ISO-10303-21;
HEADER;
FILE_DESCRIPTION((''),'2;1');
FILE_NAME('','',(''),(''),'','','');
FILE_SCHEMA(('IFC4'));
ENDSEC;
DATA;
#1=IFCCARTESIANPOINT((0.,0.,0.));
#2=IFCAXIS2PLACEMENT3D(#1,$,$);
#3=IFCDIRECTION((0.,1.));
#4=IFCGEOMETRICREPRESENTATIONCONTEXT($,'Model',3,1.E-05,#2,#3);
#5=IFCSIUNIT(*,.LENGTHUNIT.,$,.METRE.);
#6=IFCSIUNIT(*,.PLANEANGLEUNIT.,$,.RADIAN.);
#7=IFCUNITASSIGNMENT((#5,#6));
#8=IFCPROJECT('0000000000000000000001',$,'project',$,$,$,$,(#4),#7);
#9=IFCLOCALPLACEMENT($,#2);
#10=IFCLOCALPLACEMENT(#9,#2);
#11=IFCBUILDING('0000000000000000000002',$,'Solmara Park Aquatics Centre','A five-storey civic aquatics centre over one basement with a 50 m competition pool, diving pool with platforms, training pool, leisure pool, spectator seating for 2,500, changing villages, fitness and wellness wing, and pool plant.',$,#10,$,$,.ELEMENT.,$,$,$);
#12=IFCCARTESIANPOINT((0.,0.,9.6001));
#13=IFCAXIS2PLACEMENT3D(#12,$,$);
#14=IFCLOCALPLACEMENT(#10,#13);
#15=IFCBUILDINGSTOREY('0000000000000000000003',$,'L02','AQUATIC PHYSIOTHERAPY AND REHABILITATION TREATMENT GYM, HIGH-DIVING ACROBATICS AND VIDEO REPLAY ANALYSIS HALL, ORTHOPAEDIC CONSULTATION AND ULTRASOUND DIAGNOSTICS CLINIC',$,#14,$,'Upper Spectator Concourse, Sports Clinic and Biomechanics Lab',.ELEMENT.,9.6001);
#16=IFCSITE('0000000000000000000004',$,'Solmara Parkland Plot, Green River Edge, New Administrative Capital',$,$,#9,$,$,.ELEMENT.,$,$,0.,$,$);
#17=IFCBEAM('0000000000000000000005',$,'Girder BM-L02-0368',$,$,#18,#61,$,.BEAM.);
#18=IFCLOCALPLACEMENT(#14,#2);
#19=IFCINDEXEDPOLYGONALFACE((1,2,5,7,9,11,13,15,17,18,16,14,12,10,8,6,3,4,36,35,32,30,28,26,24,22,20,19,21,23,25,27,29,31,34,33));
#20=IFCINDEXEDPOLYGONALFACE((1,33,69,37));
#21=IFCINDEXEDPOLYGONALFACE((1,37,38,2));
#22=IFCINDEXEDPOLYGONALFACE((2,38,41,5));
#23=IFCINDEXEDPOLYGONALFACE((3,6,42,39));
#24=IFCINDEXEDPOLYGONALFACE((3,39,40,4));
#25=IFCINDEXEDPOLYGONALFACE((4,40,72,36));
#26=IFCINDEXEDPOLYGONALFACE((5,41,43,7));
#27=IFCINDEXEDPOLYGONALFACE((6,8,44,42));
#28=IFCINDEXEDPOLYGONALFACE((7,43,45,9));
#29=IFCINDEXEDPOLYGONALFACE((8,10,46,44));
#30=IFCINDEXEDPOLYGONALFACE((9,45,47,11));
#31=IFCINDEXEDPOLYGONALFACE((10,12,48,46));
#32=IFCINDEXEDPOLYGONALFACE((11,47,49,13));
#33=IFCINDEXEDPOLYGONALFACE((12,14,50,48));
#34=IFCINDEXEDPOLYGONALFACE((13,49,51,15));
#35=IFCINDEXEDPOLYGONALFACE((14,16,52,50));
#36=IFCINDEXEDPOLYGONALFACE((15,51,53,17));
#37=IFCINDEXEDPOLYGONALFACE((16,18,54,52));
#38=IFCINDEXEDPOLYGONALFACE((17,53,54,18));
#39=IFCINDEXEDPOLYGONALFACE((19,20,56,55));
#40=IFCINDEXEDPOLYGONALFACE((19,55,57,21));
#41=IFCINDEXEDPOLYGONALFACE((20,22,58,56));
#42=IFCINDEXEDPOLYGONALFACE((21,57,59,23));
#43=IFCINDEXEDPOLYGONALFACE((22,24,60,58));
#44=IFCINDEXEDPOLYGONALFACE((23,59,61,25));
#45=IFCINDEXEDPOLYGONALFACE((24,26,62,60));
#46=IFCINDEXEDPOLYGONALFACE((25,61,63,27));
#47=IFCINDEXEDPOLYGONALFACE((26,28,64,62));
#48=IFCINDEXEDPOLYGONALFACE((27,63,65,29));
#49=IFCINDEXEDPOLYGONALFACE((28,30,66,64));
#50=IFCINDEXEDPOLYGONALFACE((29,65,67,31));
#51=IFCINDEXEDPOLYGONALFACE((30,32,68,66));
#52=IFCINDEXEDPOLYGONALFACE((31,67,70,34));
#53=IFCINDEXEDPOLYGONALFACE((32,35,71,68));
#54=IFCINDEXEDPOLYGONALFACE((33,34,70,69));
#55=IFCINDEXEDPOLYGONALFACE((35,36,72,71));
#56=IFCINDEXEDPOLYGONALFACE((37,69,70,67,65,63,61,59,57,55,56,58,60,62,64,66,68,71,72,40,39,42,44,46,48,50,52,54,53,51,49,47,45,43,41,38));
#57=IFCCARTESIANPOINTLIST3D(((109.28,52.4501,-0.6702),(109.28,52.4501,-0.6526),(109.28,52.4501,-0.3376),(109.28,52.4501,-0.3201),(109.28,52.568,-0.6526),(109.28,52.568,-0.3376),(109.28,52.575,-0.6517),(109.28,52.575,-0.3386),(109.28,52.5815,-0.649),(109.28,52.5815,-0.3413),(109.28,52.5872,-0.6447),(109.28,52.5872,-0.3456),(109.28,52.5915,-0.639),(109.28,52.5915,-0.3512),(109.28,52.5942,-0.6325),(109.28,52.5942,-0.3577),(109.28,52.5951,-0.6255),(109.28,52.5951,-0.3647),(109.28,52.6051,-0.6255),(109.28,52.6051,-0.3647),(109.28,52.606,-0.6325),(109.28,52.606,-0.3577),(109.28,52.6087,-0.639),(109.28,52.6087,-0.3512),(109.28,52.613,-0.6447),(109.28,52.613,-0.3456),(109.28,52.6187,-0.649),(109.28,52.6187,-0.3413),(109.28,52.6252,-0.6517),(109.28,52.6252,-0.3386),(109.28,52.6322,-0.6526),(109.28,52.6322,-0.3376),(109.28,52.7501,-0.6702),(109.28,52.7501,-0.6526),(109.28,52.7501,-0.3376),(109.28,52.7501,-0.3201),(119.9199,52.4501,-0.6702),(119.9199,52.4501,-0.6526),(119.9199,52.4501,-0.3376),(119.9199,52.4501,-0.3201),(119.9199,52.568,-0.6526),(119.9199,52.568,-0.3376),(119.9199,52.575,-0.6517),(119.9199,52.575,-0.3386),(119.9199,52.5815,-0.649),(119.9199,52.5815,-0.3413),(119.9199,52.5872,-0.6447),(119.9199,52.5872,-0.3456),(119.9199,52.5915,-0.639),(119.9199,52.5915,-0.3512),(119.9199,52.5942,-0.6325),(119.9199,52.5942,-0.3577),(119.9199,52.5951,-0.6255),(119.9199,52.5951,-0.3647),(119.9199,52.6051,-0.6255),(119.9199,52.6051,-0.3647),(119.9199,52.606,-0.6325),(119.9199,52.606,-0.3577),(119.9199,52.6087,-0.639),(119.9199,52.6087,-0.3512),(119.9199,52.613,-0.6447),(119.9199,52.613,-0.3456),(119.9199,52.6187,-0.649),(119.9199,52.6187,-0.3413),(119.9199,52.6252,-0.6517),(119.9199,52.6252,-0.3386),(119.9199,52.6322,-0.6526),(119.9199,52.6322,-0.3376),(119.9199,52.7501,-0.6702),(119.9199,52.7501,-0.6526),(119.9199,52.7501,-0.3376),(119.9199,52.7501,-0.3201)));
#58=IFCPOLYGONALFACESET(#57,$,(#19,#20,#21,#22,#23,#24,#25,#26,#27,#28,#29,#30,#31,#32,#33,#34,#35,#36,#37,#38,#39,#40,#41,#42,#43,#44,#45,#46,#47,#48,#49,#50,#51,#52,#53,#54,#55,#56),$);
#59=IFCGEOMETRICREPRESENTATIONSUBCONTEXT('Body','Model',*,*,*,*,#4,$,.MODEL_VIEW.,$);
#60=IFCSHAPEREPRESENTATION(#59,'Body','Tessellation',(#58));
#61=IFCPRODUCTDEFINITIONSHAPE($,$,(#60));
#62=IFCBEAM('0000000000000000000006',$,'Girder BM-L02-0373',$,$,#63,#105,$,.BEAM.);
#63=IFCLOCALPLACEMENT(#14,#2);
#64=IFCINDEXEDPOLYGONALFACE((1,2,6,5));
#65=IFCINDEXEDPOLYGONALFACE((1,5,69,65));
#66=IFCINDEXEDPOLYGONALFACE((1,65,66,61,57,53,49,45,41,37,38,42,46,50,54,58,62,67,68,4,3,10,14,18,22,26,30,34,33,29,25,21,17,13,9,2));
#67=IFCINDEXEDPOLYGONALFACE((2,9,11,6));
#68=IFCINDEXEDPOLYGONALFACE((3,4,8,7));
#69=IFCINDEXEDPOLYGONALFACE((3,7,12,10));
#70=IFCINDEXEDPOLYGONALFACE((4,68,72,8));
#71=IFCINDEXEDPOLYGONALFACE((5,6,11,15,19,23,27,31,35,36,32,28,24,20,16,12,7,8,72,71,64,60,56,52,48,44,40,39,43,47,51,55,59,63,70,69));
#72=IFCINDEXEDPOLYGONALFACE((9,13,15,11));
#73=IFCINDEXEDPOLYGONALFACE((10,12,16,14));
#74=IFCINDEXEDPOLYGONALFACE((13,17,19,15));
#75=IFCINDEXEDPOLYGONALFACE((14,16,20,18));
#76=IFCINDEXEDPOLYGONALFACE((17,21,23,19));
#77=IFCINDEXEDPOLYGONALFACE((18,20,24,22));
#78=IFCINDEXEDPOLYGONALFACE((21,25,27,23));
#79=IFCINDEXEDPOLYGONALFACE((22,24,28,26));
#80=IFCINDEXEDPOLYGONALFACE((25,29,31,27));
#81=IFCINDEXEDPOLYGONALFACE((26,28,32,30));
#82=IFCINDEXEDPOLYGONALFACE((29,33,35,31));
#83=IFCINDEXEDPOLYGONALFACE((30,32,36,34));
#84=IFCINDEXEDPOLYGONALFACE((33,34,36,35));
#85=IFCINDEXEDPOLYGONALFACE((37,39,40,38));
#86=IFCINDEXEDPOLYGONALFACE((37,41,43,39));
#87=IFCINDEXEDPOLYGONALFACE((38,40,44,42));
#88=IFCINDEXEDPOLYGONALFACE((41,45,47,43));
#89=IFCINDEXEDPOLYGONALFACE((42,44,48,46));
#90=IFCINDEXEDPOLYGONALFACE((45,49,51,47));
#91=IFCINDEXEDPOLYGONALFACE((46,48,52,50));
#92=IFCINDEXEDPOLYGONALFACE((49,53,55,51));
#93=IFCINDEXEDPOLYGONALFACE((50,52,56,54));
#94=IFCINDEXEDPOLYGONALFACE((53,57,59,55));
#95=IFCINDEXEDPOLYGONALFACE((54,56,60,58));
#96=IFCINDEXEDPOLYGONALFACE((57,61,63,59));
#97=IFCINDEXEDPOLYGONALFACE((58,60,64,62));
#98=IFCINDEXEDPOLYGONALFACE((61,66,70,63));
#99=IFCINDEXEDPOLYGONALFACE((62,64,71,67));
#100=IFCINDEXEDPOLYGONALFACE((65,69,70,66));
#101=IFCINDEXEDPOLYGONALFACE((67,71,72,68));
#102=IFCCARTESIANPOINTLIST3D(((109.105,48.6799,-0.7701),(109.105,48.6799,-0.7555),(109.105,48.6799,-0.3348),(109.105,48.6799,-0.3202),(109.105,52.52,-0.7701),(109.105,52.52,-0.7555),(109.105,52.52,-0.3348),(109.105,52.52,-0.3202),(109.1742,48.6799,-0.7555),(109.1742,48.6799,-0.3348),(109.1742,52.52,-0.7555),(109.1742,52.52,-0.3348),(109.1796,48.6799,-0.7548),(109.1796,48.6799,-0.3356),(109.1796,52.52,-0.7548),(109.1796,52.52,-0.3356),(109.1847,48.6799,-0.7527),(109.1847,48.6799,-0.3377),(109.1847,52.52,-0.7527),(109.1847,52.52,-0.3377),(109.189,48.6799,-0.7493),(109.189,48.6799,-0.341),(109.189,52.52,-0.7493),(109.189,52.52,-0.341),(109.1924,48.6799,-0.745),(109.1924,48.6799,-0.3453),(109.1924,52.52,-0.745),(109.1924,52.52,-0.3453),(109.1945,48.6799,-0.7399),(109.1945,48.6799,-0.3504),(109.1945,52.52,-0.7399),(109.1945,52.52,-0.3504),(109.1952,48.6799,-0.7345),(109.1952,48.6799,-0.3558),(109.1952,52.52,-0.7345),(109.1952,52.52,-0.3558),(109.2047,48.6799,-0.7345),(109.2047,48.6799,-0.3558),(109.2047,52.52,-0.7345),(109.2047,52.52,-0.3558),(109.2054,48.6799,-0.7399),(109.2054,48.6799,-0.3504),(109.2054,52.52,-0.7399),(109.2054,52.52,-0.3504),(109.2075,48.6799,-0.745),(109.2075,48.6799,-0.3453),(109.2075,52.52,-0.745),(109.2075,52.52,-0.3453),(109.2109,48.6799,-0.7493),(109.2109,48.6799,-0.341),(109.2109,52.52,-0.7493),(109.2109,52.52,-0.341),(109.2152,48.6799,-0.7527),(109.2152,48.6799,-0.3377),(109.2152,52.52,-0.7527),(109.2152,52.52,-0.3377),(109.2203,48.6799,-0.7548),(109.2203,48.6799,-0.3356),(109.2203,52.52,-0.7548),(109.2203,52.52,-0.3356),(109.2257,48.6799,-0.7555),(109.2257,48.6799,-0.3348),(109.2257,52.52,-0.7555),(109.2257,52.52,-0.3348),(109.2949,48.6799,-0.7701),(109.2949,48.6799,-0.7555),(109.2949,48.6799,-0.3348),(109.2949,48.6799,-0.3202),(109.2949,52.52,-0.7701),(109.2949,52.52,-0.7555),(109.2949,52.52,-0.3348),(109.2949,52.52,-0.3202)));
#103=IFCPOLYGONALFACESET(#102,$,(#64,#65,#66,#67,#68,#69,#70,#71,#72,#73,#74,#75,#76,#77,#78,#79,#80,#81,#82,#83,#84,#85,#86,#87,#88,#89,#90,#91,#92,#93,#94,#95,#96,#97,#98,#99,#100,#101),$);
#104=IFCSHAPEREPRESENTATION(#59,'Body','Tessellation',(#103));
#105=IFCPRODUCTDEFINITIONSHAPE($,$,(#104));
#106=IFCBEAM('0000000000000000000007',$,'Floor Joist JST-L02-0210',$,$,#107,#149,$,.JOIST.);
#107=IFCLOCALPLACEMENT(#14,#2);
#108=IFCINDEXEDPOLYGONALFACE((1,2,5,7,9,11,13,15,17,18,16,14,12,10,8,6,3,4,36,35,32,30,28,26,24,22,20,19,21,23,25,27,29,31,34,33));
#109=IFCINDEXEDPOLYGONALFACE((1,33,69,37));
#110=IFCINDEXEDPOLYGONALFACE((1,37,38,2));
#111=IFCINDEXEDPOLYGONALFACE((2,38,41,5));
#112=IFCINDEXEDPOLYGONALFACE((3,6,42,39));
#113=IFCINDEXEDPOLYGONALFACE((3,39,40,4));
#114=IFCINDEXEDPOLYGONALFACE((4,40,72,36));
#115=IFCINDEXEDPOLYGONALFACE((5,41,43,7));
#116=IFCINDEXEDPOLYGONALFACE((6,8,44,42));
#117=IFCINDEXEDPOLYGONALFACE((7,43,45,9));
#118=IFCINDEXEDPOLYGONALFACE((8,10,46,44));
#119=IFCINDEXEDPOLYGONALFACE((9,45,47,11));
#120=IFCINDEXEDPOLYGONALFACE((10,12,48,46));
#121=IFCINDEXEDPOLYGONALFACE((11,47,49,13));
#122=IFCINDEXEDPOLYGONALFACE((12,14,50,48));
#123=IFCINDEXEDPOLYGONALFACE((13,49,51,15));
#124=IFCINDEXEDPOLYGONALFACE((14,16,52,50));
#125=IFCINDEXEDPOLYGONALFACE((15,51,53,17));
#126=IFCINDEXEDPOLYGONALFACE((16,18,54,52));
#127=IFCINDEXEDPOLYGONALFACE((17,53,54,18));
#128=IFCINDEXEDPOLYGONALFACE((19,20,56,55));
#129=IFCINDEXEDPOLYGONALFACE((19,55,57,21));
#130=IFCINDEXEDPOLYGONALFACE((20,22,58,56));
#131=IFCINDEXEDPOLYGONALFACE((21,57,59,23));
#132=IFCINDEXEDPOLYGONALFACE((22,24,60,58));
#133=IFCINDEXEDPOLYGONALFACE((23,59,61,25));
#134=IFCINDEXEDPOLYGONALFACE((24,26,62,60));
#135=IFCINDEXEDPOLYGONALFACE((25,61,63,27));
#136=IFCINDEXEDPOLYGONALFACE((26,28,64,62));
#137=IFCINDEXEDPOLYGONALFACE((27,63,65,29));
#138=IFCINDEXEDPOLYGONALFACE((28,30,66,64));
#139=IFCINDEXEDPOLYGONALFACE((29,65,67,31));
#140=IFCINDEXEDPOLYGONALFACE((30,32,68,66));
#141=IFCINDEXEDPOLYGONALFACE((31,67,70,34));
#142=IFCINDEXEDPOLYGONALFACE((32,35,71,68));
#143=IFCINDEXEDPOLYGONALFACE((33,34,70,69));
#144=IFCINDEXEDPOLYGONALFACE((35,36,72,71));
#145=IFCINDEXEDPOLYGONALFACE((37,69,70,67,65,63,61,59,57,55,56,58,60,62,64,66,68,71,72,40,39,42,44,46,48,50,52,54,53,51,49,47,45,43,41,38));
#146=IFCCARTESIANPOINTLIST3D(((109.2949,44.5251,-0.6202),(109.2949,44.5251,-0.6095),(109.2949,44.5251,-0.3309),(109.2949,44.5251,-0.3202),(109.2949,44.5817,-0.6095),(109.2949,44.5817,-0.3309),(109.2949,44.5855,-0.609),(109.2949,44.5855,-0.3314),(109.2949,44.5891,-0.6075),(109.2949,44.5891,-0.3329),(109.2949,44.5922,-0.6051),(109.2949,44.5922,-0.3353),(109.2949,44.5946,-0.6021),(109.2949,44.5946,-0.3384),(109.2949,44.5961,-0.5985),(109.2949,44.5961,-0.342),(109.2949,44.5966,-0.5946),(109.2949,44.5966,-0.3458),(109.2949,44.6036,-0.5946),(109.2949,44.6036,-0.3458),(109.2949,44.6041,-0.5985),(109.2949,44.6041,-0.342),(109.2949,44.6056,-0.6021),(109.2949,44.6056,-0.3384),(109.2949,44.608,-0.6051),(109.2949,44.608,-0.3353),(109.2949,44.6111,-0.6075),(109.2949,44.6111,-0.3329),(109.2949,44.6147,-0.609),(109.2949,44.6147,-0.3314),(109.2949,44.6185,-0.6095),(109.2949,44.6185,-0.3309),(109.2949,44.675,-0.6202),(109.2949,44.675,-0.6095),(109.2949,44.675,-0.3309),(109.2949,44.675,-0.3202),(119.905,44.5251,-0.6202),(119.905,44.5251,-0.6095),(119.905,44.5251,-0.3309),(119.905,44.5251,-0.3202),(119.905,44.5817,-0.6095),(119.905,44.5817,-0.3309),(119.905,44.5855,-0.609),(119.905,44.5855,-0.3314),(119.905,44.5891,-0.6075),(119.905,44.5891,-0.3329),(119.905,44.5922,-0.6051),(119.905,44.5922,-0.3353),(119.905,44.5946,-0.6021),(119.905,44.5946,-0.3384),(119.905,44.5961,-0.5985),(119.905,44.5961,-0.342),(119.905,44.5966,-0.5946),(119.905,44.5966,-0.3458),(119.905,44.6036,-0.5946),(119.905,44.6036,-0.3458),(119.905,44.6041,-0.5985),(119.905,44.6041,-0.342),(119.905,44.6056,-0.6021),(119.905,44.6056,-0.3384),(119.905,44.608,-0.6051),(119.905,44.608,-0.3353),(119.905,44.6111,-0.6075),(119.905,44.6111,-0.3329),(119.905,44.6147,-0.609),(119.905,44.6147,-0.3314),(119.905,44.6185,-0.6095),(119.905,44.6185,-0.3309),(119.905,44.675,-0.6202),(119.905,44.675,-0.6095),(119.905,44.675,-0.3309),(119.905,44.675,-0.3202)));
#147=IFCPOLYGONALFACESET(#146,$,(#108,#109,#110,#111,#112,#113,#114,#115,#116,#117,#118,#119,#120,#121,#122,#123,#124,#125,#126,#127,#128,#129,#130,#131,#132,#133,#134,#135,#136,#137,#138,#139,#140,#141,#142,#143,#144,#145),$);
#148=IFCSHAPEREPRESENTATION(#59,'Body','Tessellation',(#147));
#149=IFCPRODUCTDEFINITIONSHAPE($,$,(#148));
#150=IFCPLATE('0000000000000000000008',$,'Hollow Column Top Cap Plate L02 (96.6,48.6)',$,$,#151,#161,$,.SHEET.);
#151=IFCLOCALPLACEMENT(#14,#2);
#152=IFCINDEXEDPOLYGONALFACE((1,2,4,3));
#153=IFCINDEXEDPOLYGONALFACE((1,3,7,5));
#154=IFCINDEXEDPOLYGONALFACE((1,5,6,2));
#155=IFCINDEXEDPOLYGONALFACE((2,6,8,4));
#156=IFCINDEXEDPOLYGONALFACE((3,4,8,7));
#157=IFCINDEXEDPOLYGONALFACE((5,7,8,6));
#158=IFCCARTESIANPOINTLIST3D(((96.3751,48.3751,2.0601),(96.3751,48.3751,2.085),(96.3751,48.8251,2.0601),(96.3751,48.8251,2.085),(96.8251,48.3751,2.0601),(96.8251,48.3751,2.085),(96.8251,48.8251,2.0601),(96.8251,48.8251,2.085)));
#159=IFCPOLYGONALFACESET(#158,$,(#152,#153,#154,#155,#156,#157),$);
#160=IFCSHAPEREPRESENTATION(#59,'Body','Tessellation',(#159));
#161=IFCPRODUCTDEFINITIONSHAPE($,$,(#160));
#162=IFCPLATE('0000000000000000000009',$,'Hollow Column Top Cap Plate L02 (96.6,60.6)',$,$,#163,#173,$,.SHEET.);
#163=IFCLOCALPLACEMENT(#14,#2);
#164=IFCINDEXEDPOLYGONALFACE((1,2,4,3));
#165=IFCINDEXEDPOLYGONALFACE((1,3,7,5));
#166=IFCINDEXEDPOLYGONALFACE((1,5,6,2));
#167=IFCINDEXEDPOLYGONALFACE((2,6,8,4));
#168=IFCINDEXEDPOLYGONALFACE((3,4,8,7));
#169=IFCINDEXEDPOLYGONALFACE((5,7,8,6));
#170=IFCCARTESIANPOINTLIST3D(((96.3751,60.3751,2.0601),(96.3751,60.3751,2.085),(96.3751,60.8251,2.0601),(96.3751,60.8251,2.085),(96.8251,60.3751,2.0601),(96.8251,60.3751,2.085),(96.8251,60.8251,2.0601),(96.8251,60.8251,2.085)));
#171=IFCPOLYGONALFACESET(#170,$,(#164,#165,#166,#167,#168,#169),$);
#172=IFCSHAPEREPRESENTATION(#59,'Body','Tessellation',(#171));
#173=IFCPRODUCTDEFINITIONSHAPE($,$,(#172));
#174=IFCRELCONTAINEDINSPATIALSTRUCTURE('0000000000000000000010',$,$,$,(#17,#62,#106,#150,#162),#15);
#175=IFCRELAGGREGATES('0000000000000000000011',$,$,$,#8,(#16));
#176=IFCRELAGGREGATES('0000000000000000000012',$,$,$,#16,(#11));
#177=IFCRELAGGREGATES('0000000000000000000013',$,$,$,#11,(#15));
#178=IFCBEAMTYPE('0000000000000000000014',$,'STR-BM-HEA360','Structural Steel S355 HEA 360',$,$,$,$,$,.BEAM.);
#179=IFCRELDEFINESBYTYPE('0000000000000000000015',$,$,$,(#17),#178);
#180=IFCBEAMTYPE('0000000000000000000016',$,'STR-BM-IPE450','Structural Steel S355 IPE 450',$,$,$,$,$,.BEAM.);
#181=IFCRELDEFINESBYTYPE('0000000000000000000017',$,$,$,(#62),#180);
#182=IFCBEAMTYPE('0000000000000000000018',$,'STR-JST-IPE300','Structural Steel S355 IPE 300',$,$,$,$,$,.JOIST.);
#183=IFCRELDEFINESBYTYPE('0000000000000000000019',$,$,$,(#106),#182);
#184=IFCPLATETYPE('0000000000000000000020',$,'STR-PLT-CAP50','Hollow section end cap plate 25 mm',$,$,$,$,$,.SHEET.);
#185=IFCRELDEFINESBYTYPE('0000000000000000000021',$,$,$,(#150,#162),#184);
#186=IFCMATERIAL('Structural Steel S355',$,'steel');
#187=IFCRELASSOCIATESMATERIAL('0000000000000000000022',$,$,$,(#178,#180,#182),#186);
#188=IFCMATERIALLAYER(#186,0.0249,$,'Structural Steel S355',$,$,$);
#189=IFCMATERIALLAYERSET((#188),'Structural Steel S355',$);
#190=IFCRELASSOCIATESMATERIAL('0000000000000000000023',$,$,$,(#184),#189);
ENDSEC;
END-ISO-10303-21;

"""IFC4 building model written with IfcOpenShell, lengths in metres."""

from ifc_helpers import new_model, si_unit, direction, frame, origin, origin_2d, place, context, subcontext, project, spatial, rectangle, i_section, extrude, material, layer, layer_set, material_profile, profile_set, type_object, element, save


model = new_model("IFC4")

# Units and contexts
model_context = context("Model", 3, precision=1e-05, world=origin(), true_north=direction((0.0, 1.0)))
body_context = subcontext(model_context, "Body", "Model", "MODEL_VIEW")
ifc_project = project(units=[si_unit("LENGTHUNIT", "METRE"), si_unit("PLANEANGLEUNIT", "RADIAN")], contexts=[model_context])

# Site, building, storey
site_placement = place(None, origin())
site = spatial("IfcSite", under=ifc_project, at=site_placement, Name="Solmara Parkland Plot, Green River Edge, New Administrative Capital", CompositionType="ELEMENT", RefElevation=0.0)
building_placement = place(site_placement, origin())
building = spatial("IfcBuilding", under=site, at=building_placement, Name="Solmara Park Aquatics Centre", Description="A five-storey civic aquatics centre over one basement with a 50 m competition pool, diving pool with platforms, training pool, leisure pool, spectator seating for 2,500, changing villages, fitness and wellness wing, and pool plant.", CompositionType="ELEMENT")
storey_placement = place(building_placement, frame((0.0, 0.0, 9.6001)))
storey = spatial("IfcBuildingStorey", under=building, at=storey_placement, Name="L02", Description="AQUATIC PHYSIOTHERAPY AND REHABILITATION TREATMENT GYM, HIGH-DIVING ACROBATICS AND VIDEO REPLAY ANALYSIS HALL, ORTHOPAEDIC CONSULTATION AND ULTRASOUND DIAGNOSTICS CLINIC", LongName="Upper Spectator Concourse, Sports Clinic and Biomechanics Lab", CompositionType="ELEMENT", Elevation=9.6001)

# Shared definitions
ifc_material_1 = material(Name="Structural Steel S355", Category="steel")

# Beams
ifc_material_profile_1 = material_profile(ifc_material_1, i_section(OverallWidth=0.3, OverallDepth=0.3501, WebThickness=0.01, FlangeThickness=0.0176, FilletRadius=0.0271, at=origin_2d()), Name="HEA 360")
ifc_profile_set_1 = profile_set([ifc_material_profile_1], Name="Structural Steel S355")
beam_type_1 = type_object("IfcBeamType", Name="STR-BM-HEA360", Description="Structural Steel S355 HEA 360", PredefinedType="BEAM", material=ifc_profile_set_1)
for number, where, z_axis, x_axis, name in (
    (1, (109.28, 52.6001, -0.4951), (1.0, 0.0, 0.0), (0.0, 1.0, 0.0), "Girder BM-L02-0368"),
):
    element("IfcBeam", number, at=place(storey_placement, frame(where, z_axis=z_axis, x_axis=x_axis)), inside=storey, type_object=beam_type_1, Name=name, PredefinedType="BEAM", context=body_context, shape_type="SweptSolid", body=[
        extrude(i_section(OverallWidth=0.3, OverallDepth=0.3501, WebThickness=0.01, FlangeThickness=0.0176, FilletRadius=0.0271, at=origin_2d()), origin(), (0.0, 0.0, 1.0), 10.6399),
    ])
ifc_material_profile_2 = material_profile(ifc_material_1, i_section(OverallWidth=0.1899, OverallDepth=0.45, WebThickness=0.0095, FlangeThickness=0.0146, FilletRadius=0.021, at=origin_2d()), Name="IPE 450")
ifc_profile_set_2 = profile_set([ifc_material_profile_2], Name="Structural Steel S355")
beam_type_2 = type_object("IfcBeamType", Name="STR-BM-IPE450", Description="Structural Steel S355 IPE 450", PredefinedType="BEAM", material=ifc_profile_set_2)
beam_1_placement = place(storey_placement, frame((109.2, 48.6799, -0.5452), z_axis=(0.0, 1.0, 0.0), x_axis=(-1.0, 0.0, 0.0)))
element("IfcBeam", 2, at=beam_1_placement, inside=storey, type_object=beam_type_2, Name="Girder BM-L02-0373", PredefinedType="BEAM", context=body_context, shape_type="SweptSolid", body=[
    extrude(i_section(OverallWidth=0.1899, OverallDepth=0.45, WebThickness=0.0095, FlangeThickness=0.0146, FilletRadius=0.021, at=origin_2d()), origin(), (0.0, 0.0, 1.0), 3.8401),
])
ifc_material_profile_3 = material_profile(ifc_material_1, i_section(OverallWidth=0.1499, OverallDepth=0.3, WebThickness=0.0071, FlangeThickness=0.0107, FilletRadius=0.0149, at=origin_2d()), Name="IPE 300")
ifc_profile_set_3 = profile_set([ifc_material_profile_3], Name="Structural Steel S355")
beam_type_3 = type_object("IfcBeamType", Name="STR-JST-IPE300", Description="Structural Steel S355 IPE 300", PredefinedType="JOIST", material=ifc_profile_set_3)
beam_2_placement = place(storey_placement, frame((109.2949, 44.6001, -0.4702), z_axis=(1.0, 0.0, 0.0), x_axis=(0.0, 1.0, 0.0)))
element("IfcBeam", 3, at=beam_2_placement, inside=storey, type_object=beam_type_3, Name="Floor Joist JST-L02-0210", PredefinedType="JOIST", context=body_context, shape_type="SweptSolid", body=[
    extrude(i_section(OverallWidth=0.1499, OverallDepth=0.3, WebThickness=0.0071, FlangeThickness=0.0107, FilletRadius=0.0149, at=origin_2d()), origin(), (0.0, 0.0, 1.0), 10.6101),
])

# Plates
ifc_layer_1 = layer(ifc_material_1, 0.0249, Name="Structural Steel S355")
ifc_layer_set_1 = layer_set([ifc_layer_1], Name="Structural Steel S355")
plate_type = type_object("IfcPlateType", Name="STR-PLT-CAP50", Description="Hollow section end cap plate 25 mm", PredefinedType="SHEET", material=ifc_layer_set_1)
for number, where, z_axis, x_axis, name in (
    (4, (96.6001, 48.6001, 2.0601), (0.0, 0.0, 1.0), (1.0, 0.0, 0.0), "Hollow Column Top Cap Plate L02 (96.6,48.6)"),
    (5, (96.6001, 60.6001, 2.0601), (0.0, 0.0, 1.0), (1.0, 0.0, 0.0), "Hollow Column Top Cap Plate L02 (96.6,60.6)"),
):
    element("IfcPlate", number, at=place(storey_placement, frame(where, z_axis=z_axis, x_axis=x_axis)), inside=storey, type_object=plate_type, Name=name, PredefinedType="SHEET", context=body_context, shape_type="SweptSolid", body=[
        extrude(rectangle(XDim=0.45, YDim=0.45, at=origin_2d()), origin(), (0.0, 0.0, 1.0), 0.0249),
    ])

save(model, "model.ifc")
